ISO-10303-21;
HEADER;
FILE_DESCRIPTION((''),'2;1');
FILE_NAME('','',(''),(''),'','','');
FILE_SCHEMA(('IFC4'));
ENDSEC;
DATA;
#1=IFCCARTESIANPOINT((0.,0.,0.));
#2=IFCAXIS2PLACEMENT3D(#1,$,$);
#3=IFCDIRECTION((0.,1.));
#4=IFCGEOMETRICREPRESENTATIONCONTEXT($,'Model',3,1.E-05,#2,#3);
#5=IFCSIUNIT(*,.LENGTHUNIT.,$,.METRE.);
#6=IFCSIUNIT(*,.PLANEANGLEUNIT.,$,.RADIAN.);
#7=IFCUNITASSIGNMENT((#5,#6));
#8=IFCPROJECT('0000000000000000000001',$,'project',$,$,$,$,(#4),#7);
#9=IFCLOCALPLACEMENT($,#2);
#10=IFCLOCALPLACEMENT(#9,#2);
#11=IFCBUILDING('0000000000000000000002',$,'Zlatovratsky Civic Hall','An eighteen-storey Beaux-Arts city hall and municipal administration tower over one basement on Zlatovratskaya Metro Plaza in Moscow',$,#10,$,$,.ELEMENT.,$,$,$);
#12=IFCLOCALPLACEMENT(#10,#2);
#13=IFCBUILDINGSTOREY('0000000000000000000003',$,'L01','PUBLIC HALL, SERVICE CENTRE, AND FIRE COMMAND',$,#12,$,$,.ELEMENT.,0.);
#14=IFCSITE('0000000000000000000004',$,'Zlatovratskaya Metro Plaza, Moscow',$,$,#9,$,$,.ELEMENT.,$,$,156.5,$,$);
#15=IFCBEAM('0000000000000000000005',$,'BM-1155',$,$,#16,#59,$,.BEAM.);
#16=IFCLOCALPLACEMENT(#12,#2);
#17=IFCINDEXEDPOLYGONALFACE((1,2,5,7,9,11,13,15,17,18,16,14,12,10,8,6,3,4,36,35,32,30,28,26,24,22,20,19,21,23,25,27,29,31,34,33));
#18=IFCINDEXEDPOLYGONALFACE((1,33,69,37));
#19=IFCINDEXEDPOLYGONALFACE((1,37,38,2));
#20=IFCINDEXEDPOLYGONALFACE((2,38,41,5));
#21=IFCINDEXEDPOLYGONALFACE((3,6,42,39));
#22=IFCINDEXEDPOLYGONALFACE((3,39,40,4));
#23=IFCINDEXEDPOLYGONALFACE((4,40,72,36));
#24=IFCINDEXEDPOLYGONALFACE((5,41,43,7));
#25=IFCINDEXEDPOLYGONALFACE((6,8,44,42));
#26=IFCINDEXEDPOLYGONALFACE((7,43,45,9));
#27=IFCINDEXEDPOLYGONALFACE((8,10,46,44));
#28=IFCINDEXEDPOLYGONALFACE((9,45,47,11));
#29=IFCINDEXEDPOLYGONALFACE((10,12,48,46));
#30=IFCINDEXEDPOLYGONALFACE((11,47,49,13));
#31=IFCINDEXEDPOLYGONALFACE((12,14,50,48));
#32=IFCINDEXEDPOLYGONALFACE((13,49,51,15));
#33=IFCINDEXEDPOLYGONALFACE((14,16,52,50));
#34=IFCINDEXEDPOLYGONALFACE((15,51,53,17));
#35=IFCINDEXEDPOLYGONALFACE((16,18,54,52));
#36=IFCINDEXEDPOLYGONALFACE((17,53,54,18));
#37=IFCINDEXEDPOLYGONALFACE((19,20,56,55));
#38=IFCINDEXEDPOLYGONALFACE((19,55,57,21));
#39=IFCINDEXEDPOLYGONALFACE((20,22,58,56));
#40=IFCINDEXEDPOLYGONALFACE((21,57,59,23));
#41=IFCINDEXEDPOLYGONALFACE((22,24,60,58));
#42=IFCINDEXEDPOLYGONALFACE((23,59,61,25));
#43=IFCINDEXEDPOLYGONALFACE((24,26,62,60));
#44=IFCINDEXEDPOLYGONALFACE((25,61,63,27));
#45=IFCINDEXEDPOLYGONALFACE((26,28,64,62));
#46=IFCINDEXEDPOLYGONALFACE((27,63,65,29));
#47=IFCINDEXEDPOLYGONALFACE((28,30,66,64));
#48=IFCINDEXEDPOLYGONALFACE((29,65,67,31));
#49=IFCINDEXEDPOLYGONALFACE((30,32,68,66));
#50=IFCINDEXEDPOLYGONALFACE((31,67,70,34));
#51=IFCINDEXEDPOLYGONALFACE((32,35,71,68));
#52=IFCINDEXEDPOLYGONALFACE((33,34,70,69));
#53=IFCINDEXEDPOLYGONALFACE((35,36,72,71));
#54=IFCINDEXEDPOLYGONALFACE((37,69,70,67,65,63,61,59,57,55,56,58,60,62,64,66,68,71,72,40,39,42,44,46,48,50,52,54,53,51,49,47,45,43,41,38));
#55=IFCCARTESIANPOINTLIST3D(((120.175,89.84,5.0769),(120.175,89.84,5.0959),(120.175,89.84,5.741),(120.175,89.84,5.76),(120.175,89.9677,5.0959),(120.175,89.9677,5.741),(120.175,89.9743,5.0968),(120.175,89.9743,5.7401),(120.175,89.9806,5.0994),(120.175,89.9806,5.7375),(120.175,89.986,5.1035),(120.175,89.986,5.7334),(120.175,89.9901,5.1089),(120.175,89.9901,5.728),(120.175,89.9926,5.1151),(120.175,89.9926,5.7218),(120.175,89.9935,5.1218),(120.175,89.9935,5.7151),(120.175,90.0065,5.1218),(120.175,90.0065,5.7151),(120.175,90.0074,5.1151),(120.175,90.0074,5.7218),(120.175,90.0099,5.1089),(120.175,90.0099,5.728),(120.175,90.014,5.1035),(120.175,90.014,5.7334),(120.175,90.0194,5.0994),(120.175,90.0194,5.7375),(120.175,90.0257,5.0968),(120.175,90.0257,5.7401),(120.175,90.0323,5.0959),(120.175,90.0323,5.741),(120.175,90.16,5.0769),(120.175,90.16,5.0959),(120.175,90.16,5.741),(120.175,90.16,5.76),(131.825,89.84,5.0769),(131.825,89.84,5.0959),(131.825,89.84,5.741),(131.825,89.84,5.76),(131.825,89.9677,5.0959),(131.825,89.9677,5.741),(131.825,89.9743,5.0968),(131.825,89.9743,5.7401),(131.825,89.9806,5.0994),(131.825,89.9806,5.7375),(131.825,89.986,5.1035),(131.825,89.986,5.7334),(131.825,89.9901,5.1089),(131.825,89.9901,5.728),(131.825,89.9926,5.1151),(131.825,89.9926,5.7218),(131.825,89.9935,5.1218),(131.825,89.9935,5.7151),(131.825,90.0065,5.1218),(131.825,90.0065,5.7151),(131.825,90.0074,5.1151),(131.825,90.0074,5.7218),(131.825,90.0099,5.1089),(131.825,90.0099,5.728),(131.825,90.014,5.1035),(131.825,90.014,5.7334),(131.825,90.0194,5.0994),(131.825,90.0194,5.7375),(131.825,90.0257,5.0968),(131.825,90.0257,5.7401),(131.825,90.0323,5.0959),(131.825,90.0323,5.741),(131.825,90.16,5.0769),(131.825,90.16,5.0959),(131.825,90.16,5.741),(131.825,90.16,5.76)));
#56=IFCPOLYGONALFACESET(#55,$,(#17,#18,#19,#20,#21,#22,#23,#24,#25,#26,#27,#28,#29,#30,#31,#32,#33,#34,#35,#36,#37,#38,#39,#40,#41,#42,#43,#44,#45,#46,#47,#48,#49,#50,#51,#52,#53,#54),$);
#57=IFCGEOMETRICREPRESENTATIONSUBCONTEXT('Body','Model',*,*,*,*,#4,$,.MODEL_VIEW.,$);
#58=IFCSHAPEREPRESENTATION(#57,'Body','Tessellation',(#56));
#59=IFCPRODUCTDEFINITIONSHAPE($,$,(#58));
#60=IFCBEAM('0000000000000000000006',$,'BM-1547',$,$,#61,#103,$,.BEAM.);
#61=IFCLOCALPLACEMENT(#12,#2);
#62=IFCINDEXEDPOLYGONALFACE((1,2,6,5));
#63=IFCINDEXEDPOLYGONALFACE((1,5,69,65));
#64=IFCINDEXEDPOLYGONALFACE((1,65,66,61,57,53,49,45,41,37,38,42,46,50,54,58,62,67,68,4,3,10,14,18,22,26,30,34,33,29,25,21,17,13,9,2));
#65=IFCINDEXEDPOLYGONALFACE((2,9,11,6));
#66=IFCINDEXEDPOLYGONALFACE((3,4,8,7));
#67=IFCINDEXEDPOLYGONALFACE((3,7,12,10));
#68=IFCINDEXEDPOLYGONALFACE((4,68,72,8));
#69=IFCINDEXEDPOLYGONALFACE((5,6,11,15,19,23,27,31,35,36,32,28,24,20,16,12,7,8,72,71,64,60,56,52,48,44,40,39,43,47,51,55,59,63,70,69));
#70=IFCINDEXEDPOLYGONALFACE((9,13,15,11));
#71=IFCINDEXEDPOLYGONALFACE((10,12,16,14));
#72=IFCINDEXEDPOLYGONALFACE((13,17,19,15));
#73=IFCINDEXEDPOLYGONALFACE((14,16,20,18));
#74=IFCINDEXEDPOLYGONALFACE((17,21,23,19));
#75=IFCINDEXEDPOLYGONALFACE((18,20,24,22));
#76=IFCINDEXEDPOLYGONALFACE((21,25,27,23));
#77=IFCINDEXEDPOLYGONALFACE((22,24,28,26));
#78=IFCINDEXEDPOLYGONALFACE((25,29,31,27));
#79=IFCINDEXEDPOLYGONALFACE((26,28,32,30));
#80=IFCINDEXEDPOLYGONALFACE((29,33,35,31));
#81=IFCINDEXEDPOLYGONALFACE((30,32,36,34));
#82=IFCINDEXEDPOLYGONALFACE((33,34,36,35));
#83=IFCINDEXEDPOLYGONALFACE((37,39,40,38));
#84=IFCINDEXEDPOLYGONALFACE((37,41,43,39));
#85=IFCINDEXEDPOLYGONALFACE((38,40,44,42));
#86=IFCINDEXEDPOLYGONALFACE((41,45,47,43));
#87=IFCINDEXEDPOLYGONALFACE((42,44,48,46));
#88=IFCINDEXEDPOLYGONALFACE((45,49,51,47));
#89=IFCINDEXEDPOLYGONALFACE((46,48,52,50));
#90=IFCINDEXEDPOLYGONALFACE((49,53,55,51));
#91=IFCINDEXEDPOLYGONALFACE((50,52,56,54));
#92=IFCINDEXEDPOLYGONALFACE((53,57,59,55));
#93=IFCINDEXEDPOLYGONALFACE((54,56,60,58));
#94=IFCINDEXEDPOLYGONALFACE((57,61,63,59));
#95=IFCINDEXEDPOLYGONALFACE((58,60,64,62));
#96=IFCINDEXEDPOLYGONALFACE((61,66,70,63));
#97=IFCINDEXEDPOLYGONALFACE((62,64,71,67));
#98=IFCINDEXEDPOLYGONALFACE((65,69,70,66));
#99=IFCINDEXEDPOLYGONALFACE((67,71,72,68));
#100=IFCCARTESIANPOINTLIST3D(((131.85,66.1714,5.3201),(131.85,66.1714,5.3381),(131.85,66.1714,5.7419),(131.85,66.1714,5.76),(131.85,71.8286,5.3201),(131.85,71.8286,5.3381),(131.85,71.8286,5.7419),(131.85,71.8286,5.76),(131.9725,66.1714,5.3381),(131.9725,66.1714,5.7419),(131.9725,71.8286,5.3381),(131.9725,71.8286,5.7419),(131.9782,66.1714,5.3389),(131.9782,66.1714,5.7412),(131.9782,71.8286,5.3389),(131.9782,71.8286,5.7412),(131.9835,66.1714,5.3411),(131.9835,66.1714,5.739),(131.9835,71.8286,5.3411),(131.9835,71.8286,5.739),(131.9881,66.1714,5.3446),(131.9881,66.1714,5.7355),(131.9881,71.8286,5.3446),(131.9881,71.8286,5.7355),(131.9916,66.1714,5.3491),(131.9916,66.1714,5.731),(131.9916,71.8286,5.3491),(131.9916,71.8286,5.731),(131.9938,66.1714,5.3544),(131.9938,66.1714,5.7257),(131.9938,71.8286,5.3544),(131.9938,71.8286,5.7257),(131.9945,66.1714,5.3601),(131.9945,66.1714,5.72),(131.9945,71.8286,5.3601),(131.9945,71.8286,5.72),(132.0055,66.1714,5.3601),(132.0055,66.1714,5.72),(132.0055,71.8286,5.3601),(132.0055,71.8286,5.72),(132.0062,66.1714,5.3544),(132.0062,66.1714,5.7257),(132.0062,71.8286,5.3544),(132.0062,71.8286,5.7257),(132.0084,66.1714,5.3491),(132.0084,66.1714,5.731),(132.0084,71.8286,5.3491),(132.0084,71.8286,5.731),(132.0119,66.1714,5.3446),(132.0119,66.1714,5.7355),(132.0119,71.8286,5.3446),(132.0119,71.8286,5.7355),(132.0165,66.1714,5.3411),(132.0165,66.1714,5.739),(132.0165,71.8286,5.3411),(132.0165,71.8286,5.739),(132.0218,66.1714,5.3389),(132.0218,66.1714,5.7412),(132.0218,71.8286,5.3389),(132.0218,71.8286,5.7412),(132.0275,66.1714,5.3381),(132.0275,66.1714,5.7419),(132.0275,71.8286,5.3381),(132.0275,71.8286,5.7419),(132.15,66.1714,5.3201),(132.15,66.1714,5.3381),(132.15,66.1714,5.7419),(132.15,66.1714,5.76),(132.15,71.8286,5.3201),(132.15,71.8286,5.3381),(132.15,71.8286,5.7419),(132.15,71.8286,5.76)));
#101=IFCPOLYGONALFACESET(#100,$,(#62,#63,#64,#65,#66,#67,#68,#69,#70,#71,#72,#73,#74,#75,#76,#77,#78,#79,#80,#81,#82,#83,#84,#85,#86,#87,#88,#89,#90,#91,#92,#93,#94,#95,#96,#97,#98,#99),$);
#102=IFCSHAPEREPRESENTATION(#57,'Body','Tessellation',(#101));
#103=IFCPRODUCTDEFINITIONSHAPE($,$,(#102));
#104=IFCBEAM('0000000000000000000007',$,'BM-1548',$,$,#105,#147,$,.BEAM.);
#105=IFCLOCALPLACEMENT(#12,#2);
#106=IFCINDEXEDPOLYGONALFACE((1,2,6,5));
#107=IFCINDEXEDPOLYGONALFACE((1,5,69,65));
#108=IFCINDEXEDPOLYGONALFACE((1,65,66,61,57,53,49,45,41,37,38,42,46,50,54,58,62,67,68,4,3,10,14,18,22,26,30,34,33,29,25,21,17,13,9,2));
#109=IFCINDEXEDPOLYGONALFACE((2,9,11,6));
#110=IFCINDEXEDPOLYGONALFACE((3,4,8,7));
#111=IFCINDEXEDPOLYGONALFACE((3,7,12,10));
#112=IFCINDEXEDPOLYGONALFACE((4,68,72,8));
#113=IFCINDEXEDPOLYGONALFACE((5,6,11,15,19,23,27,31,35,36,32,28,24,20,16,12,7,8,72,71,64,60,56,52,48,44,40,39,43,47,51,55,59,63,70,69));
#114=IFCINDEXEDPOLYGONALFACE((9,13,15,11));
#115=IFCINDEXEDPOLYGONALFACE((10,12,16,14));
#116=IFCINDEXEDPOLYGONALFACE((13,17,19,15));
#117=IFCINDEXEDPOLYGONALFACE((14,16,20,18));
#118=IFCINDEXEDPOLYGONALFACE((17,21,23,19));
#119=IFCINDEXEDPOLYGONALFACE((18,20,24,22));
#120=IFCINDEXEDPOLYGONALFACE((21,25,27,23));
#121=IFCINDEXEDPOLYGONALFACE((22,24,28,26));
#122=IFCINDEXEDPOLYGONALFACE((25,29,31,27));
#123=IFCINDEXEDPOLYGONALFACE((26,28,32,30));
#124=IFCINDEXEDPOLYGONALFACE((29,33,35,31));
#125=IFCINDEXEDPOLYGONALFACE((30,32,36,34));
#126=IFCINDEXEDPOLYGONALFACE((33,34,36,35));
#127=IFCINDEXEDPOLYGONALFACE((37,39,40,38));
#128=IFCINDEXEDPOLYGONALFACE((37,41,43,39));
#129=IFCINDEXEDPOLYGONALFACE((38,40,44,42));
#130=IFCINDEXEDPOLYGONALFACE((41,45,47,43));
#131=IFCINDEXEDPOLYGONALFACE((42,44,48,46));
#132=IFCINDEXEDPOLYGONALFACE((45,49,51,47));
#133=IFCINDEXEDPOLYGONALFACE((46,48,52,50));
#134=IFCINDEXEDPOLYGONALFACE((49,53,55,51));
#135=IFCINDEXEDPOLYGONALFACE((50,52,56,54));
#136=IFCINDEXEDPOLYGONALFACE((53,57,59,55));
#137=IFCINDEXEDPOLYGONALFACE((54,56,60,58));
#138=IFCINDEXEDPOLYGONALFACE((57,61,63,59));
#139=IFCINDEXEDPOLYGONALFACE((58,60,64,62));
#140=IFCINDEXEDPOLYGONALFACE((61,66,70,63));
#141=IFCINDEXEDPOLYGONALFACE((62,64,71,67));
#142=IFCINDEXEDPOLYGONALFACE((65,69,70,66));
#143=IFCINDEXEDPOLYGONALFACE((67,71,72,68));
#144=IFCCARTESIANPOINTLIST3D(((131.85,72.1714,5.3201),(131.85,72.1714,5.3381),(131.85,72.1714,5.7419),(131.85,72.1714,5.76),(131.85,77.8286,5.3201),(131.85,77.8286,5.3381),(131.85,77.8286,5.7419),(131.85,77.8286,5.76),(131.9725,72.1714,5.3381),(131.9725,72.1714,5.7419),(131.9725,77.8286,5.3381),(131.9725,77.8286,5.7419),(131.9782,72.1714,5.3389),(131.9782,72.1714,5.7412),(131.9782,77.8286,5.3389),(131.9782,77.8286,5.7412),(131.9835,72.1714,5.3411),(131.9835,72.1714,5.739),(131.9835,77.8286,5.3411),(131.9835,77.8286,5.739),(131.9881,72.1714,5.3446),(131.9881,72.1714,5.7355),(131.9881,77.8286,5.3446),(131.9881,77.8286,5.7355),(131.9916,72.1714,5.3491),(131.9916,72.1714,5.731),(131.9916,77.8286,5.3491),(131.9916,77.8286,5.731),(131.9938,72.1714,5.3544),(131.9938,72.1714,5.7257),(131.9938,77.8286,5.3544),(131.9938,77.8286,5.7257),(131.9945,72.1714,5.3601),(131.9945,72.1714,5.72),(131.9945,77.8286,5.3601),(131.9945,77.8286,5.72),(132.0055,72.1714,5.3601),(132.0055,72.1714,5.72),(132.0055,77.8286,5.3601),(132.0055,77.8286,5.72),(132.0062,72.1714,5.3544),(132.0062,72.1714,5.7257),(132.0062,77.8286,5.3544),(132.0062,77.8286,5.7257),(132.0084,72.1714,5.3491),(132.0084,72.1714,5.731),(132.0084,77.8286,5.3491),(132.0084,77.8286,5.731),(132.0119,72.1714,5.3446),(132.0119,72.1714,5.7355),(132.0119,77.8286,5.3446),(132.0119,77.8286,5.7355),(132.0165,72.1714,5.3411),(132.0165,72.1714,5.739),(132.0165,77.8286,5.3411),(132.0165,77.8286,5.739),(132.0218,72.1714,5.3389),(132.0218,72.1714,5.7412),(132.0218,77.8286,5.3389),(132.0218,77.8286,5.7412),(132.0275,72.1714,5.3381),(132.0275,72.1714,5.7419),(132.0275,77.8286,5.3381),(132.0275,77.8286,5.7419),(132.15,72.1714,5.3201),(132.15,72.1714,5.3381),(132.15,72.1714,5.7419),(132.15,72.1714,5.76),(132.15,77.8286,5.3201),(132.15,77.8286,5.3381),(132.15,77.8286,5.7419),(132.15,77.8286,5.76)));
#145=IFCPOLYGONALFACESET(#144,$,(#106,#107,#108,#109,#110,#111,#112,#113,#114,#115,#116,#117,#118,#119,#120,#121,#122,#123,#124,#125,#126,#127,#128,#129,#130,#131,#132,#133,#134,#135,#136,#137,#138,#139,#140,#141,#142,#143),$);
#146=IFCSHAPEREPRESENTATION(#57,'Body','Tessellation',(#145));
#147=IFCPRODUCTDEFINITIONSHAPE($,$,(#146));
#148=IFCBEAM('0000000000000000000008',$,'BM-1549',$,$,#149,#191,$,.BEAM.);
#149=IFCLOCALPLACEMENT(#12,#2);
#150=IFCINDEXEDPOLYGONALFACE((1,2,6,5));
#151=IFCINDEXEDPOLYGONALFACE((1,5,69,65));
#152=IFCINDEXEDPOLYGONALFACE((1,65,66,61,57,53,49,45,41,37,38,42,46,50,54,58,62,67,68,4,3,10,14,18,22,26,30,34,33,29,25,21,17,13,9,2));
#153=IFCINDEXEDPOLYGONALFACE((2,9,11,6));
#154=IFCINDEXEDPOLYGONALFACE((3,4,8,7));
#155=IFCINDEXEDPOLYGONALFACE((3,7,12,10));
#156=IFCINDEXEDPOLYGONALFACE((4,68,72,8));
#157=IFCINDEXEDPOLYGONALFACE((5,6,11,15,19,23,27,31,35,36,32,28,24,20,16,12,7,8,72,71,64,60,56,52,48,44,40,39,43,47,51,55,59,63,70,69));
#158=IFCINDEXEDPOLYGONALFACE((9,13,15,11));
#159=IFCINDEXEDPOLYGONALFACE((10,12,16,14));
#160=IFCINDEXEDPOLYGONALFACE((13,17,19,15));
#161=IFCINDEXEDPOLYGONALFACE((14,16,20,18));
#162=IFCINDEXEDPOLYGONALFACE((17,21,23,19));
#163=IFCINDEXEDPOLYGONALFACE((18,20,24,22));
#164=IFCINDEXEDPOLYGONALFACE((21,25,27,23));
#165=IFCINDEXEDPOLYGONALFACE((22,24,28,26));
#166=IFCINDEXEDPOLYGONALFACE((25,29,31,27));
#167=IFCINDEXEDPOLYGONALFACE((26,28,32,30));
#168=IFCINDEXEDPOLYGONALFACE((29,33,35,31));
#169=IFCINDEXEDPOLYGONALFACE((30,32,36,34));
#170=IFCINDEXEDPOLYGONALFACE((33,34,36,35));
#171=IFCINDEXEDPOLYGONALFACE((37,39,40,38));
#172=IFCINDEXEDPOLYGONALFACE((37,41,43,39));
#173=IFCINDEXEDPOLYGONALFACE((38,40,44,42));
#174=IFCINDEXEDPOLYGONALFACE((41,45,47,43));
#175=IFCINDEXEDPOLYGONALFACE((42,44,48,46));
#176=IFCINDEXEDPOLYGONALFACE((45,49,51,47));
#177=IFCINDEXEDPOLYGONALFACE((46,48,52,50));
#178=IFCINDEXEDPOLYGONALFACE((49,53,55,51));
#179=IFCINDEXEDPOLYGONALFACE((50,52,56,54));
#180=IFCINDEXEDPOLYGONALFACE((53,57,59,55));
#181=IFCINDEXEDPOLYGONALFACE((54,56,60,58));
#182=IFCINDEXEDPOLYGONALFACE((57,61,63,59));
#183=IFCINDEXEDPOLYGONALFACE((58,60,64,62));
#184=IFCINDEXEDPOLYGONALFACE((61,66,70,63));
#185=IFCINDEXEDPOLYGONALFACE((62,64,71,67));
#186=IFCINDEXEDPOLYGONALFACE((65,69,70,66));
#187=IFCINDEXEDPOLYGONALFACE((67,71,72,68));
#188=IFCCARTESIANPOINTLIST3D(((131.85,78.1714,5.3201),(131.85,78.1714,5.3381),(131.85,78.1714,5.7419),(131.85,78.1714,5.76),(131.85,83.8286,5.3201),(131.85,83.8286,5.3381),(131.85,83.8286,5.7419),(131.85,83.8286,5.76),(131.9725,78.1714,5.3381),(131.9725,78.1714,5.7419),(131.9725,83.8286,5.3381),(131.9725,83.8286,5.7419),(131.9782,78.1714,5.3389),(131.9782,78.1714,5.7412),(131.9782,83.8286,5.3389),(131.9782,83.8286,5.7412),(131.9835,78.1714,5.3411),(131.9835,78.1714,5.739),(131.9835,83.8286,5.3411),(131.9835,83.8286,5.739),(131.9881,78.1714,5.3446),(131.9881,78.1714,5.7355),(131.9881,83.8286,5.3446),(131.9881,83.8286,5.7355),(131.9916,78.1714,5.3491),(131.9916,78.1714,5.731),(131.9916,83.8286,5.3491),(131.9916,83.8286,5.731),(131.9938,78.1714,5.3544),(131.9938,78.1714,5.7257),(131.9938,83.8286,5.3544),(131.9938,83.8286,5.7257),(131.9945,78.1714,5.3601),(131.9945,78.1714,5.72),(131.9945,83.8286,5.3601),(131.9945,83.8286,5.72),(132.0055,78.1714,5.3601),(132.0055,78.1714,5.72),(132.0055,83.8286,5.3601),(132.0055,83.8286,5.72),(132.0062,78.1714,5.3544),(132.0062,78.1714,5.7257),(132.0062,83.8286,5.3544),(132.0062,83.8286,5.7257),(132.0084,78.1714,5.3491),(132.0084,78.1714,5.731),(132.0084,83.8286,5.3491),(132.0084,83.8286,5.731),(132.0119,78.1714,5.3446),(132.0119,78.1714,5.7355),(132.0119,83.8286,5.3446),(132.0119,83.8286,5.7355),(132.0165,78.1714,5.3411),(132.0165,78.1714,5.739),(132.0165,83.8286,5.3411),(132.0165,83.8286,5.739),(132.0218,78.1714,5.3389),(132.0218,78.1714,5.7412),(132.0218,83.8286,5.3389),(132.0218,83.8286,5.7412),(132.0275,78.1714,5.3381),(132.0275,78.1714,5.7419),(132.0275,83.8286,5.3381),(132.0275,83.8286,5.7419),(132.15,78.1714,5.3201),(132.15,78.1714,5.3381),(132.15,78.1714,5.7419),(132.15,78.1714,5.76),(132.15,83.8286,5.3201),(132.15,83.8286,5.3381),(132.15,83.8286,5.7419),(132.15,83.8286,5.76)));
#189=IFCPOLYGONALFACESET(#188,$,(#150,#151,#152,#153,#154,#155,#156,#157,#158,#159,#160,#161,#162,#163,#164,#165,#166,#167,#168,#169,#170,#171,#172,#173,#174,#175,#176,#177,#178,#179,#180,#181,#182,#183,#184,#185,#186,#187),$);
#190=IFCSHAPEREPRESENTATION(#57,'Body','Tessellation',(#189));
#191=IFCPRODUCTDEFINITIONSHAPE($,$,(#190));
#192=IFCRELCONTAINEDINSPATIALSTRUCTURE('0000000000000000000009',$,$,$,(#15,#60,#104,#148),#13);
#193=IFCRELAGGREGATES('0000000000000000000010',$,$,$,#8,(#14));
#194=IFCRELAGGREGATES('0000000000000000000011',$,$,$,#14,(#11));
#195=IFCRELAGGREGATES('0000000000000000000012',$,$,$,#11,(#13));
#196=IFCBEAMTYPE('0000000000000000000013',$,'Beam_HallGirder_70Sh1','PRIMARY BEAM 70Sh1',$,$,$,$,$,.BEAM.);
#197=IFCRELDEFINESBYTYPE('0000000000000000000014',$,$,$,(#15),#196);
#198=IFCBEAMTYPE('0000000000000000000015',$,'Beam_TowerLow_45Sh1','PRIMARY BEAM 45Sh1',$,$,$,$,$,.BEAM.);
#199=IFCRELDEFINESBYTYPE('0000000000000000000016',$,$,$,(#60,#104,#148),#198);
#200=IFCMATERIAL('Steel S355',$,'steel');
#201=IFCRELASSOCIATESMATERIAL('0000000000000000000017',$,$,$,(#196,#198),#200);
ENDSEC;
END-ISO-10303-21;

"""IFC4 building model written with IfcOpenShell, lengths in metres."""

from ifc_helpers import new_model, si_unit, direction, frame, origin, origin_2d, place, context, subcontext, project, spatial, i_section, extrude, material, material_profile, profile_set, type_object, element, save


model = new_model("IFC4")

# Units and contexts
model_context = context("Model", 3, precision=1e-05, world=origin(), true_north=direction((0.0, 1.0)))
body_context = subcontext(model_context, "Body", "Model", "MODEL_VIEW")
ifc_project = project(units=[si_unit("LENGTHUNIT", "METRE"), si_unit("PLANEANGLEUNIT", "RADIAN")], contexts=[model_context])

# Site, building, storey
site_placement = place(None, origin())
site = spatial("IfcSite", under=ifc_project, at=site_placement, Name="Zlatovratskaya Metro Plaza, Moscow", CompositionType="ELEMENT", RefElevation=156.5)
building_placement = place(site_placement, origin())
building = spatial("IfcBuilding", under=site, at=building_placement, Name="Zlatovratsky Civic Hall", Description="An eighteen-storey Beaux-Arts city hall and municipal administration tower over one basement on Zlatovratskaya Metro Plaza in Moscow", CompositionType="ELEMENT")
storey_placement = place(building_placement, origin())
storey = spatial("IfcBuildingStorey", under=building, at=storey_placement, Name="L01", Description="PUBLIC HALL, SERVICE CENTRE, AND FIRE COMMAND", CompositionType="ELEMENT", Elevation=0.0)

# Shared definitions
ifc_material_1 = material(Name="Steel S355", Category="steel")

# Beams
ifc_material_profile_1 = material_profile(ifc_material_1, i_section(OverallWidth=0.3201, OverallDepth=0.6831, WebThickness=0.0129, FlangeThickness=0.019, FilletRadius=0.0259, at=origin_2d()), Name="70Sh1")
ifc_profile_set_1 = profile_set([ifc_material_profile_1], Name="Steel S355")
beam_type_1 = type_object("IfcBeamType", Name="Beam_HallGirder_70Sh1", Description="PRIMARY BEAM 70Sh1", PredefinedType="BEAM", material=ifc_profile_set_1)
for number, where, z_axis, x_axis, name in (
    (1, (120.175, 90.0, 5.4185), (1.0, 0.0, 0.0), (0.0, 1.0, 0.0), "BM-1155"),
):
    element("IfcBeam", number, at=place(storey_placement, frame(where, z_axis=z_axis, x_axis=x_axis)), inside=storey, type_object=beam_type_1, Name=name, PredefinedType="BEAM", context=body_context, shape_type="SweptSolid", body=[
        extrude(i_section(OverallWidth=0.3201, OverallDepth=0.6831, WebThickness=0.0129, FlangeThickness=0.019, FilletRadius=0.0259, at=origin_2d()), origin(), (0.0, 0.0, 1.0), 11.6499),
    ])
ifc_material_profile_2 = material_profile(ifc_material_1, i_section(OverallWidth=0.3, OverallDepth=0.4399, WebThickness=0.011, FlangeThickness=0.0181, FilletRadius=0.022, at=origin_2d()), Name="45Sh1")
ifc_profile_set_2 = profile_set([ifc_material_profile_2], Name="Steel S355")
beam_type_2 = type_object("IfcBeamType", Name="Beam_TowerLow_45Sh1", Description="PRIMARY BEAM 45Sh1", PredefinedType="BEAM", material=ifc_profile_set_2)
for number, where, z_axis, x_axis, name in (
    (2, (132.0, 66.1714, 5.54), (0.0, 1.0, 0.0), (-1.0, 0.0, 0.0), "BM-1547"),
    (3, (132.0, 72.1714, 5.54), (0.0, 1.0, 0.0), (-1.0, 0.0, 0.0), "BM-1548"),
    (4, (132.0, 78.1714, 5.54), (0.0, 1.0, 0.0), (-1.0, 0.0, 0.0), "BM-1549"),
):
    element("IfcBeam", number, at=place(storey_placement, frame(where, z_axis=z_axis, x_axis=x_axis)), inside=storey, type_object=beam_type_2, Name=name, PredefinedType="BEAM", context=body_context, shape_type="SweptSolid", body=[
        extrude(i_section(OverallWidth=0.3, OverallDepth=0.4399, WebThickness=0.011, FlangeThickness=0.0181, FilletRadius=0.022, at=origin_2d()), origin(), (0.0, 0.0, 1.0), 5.6572),
    ])

save(model, "model.ifc")
